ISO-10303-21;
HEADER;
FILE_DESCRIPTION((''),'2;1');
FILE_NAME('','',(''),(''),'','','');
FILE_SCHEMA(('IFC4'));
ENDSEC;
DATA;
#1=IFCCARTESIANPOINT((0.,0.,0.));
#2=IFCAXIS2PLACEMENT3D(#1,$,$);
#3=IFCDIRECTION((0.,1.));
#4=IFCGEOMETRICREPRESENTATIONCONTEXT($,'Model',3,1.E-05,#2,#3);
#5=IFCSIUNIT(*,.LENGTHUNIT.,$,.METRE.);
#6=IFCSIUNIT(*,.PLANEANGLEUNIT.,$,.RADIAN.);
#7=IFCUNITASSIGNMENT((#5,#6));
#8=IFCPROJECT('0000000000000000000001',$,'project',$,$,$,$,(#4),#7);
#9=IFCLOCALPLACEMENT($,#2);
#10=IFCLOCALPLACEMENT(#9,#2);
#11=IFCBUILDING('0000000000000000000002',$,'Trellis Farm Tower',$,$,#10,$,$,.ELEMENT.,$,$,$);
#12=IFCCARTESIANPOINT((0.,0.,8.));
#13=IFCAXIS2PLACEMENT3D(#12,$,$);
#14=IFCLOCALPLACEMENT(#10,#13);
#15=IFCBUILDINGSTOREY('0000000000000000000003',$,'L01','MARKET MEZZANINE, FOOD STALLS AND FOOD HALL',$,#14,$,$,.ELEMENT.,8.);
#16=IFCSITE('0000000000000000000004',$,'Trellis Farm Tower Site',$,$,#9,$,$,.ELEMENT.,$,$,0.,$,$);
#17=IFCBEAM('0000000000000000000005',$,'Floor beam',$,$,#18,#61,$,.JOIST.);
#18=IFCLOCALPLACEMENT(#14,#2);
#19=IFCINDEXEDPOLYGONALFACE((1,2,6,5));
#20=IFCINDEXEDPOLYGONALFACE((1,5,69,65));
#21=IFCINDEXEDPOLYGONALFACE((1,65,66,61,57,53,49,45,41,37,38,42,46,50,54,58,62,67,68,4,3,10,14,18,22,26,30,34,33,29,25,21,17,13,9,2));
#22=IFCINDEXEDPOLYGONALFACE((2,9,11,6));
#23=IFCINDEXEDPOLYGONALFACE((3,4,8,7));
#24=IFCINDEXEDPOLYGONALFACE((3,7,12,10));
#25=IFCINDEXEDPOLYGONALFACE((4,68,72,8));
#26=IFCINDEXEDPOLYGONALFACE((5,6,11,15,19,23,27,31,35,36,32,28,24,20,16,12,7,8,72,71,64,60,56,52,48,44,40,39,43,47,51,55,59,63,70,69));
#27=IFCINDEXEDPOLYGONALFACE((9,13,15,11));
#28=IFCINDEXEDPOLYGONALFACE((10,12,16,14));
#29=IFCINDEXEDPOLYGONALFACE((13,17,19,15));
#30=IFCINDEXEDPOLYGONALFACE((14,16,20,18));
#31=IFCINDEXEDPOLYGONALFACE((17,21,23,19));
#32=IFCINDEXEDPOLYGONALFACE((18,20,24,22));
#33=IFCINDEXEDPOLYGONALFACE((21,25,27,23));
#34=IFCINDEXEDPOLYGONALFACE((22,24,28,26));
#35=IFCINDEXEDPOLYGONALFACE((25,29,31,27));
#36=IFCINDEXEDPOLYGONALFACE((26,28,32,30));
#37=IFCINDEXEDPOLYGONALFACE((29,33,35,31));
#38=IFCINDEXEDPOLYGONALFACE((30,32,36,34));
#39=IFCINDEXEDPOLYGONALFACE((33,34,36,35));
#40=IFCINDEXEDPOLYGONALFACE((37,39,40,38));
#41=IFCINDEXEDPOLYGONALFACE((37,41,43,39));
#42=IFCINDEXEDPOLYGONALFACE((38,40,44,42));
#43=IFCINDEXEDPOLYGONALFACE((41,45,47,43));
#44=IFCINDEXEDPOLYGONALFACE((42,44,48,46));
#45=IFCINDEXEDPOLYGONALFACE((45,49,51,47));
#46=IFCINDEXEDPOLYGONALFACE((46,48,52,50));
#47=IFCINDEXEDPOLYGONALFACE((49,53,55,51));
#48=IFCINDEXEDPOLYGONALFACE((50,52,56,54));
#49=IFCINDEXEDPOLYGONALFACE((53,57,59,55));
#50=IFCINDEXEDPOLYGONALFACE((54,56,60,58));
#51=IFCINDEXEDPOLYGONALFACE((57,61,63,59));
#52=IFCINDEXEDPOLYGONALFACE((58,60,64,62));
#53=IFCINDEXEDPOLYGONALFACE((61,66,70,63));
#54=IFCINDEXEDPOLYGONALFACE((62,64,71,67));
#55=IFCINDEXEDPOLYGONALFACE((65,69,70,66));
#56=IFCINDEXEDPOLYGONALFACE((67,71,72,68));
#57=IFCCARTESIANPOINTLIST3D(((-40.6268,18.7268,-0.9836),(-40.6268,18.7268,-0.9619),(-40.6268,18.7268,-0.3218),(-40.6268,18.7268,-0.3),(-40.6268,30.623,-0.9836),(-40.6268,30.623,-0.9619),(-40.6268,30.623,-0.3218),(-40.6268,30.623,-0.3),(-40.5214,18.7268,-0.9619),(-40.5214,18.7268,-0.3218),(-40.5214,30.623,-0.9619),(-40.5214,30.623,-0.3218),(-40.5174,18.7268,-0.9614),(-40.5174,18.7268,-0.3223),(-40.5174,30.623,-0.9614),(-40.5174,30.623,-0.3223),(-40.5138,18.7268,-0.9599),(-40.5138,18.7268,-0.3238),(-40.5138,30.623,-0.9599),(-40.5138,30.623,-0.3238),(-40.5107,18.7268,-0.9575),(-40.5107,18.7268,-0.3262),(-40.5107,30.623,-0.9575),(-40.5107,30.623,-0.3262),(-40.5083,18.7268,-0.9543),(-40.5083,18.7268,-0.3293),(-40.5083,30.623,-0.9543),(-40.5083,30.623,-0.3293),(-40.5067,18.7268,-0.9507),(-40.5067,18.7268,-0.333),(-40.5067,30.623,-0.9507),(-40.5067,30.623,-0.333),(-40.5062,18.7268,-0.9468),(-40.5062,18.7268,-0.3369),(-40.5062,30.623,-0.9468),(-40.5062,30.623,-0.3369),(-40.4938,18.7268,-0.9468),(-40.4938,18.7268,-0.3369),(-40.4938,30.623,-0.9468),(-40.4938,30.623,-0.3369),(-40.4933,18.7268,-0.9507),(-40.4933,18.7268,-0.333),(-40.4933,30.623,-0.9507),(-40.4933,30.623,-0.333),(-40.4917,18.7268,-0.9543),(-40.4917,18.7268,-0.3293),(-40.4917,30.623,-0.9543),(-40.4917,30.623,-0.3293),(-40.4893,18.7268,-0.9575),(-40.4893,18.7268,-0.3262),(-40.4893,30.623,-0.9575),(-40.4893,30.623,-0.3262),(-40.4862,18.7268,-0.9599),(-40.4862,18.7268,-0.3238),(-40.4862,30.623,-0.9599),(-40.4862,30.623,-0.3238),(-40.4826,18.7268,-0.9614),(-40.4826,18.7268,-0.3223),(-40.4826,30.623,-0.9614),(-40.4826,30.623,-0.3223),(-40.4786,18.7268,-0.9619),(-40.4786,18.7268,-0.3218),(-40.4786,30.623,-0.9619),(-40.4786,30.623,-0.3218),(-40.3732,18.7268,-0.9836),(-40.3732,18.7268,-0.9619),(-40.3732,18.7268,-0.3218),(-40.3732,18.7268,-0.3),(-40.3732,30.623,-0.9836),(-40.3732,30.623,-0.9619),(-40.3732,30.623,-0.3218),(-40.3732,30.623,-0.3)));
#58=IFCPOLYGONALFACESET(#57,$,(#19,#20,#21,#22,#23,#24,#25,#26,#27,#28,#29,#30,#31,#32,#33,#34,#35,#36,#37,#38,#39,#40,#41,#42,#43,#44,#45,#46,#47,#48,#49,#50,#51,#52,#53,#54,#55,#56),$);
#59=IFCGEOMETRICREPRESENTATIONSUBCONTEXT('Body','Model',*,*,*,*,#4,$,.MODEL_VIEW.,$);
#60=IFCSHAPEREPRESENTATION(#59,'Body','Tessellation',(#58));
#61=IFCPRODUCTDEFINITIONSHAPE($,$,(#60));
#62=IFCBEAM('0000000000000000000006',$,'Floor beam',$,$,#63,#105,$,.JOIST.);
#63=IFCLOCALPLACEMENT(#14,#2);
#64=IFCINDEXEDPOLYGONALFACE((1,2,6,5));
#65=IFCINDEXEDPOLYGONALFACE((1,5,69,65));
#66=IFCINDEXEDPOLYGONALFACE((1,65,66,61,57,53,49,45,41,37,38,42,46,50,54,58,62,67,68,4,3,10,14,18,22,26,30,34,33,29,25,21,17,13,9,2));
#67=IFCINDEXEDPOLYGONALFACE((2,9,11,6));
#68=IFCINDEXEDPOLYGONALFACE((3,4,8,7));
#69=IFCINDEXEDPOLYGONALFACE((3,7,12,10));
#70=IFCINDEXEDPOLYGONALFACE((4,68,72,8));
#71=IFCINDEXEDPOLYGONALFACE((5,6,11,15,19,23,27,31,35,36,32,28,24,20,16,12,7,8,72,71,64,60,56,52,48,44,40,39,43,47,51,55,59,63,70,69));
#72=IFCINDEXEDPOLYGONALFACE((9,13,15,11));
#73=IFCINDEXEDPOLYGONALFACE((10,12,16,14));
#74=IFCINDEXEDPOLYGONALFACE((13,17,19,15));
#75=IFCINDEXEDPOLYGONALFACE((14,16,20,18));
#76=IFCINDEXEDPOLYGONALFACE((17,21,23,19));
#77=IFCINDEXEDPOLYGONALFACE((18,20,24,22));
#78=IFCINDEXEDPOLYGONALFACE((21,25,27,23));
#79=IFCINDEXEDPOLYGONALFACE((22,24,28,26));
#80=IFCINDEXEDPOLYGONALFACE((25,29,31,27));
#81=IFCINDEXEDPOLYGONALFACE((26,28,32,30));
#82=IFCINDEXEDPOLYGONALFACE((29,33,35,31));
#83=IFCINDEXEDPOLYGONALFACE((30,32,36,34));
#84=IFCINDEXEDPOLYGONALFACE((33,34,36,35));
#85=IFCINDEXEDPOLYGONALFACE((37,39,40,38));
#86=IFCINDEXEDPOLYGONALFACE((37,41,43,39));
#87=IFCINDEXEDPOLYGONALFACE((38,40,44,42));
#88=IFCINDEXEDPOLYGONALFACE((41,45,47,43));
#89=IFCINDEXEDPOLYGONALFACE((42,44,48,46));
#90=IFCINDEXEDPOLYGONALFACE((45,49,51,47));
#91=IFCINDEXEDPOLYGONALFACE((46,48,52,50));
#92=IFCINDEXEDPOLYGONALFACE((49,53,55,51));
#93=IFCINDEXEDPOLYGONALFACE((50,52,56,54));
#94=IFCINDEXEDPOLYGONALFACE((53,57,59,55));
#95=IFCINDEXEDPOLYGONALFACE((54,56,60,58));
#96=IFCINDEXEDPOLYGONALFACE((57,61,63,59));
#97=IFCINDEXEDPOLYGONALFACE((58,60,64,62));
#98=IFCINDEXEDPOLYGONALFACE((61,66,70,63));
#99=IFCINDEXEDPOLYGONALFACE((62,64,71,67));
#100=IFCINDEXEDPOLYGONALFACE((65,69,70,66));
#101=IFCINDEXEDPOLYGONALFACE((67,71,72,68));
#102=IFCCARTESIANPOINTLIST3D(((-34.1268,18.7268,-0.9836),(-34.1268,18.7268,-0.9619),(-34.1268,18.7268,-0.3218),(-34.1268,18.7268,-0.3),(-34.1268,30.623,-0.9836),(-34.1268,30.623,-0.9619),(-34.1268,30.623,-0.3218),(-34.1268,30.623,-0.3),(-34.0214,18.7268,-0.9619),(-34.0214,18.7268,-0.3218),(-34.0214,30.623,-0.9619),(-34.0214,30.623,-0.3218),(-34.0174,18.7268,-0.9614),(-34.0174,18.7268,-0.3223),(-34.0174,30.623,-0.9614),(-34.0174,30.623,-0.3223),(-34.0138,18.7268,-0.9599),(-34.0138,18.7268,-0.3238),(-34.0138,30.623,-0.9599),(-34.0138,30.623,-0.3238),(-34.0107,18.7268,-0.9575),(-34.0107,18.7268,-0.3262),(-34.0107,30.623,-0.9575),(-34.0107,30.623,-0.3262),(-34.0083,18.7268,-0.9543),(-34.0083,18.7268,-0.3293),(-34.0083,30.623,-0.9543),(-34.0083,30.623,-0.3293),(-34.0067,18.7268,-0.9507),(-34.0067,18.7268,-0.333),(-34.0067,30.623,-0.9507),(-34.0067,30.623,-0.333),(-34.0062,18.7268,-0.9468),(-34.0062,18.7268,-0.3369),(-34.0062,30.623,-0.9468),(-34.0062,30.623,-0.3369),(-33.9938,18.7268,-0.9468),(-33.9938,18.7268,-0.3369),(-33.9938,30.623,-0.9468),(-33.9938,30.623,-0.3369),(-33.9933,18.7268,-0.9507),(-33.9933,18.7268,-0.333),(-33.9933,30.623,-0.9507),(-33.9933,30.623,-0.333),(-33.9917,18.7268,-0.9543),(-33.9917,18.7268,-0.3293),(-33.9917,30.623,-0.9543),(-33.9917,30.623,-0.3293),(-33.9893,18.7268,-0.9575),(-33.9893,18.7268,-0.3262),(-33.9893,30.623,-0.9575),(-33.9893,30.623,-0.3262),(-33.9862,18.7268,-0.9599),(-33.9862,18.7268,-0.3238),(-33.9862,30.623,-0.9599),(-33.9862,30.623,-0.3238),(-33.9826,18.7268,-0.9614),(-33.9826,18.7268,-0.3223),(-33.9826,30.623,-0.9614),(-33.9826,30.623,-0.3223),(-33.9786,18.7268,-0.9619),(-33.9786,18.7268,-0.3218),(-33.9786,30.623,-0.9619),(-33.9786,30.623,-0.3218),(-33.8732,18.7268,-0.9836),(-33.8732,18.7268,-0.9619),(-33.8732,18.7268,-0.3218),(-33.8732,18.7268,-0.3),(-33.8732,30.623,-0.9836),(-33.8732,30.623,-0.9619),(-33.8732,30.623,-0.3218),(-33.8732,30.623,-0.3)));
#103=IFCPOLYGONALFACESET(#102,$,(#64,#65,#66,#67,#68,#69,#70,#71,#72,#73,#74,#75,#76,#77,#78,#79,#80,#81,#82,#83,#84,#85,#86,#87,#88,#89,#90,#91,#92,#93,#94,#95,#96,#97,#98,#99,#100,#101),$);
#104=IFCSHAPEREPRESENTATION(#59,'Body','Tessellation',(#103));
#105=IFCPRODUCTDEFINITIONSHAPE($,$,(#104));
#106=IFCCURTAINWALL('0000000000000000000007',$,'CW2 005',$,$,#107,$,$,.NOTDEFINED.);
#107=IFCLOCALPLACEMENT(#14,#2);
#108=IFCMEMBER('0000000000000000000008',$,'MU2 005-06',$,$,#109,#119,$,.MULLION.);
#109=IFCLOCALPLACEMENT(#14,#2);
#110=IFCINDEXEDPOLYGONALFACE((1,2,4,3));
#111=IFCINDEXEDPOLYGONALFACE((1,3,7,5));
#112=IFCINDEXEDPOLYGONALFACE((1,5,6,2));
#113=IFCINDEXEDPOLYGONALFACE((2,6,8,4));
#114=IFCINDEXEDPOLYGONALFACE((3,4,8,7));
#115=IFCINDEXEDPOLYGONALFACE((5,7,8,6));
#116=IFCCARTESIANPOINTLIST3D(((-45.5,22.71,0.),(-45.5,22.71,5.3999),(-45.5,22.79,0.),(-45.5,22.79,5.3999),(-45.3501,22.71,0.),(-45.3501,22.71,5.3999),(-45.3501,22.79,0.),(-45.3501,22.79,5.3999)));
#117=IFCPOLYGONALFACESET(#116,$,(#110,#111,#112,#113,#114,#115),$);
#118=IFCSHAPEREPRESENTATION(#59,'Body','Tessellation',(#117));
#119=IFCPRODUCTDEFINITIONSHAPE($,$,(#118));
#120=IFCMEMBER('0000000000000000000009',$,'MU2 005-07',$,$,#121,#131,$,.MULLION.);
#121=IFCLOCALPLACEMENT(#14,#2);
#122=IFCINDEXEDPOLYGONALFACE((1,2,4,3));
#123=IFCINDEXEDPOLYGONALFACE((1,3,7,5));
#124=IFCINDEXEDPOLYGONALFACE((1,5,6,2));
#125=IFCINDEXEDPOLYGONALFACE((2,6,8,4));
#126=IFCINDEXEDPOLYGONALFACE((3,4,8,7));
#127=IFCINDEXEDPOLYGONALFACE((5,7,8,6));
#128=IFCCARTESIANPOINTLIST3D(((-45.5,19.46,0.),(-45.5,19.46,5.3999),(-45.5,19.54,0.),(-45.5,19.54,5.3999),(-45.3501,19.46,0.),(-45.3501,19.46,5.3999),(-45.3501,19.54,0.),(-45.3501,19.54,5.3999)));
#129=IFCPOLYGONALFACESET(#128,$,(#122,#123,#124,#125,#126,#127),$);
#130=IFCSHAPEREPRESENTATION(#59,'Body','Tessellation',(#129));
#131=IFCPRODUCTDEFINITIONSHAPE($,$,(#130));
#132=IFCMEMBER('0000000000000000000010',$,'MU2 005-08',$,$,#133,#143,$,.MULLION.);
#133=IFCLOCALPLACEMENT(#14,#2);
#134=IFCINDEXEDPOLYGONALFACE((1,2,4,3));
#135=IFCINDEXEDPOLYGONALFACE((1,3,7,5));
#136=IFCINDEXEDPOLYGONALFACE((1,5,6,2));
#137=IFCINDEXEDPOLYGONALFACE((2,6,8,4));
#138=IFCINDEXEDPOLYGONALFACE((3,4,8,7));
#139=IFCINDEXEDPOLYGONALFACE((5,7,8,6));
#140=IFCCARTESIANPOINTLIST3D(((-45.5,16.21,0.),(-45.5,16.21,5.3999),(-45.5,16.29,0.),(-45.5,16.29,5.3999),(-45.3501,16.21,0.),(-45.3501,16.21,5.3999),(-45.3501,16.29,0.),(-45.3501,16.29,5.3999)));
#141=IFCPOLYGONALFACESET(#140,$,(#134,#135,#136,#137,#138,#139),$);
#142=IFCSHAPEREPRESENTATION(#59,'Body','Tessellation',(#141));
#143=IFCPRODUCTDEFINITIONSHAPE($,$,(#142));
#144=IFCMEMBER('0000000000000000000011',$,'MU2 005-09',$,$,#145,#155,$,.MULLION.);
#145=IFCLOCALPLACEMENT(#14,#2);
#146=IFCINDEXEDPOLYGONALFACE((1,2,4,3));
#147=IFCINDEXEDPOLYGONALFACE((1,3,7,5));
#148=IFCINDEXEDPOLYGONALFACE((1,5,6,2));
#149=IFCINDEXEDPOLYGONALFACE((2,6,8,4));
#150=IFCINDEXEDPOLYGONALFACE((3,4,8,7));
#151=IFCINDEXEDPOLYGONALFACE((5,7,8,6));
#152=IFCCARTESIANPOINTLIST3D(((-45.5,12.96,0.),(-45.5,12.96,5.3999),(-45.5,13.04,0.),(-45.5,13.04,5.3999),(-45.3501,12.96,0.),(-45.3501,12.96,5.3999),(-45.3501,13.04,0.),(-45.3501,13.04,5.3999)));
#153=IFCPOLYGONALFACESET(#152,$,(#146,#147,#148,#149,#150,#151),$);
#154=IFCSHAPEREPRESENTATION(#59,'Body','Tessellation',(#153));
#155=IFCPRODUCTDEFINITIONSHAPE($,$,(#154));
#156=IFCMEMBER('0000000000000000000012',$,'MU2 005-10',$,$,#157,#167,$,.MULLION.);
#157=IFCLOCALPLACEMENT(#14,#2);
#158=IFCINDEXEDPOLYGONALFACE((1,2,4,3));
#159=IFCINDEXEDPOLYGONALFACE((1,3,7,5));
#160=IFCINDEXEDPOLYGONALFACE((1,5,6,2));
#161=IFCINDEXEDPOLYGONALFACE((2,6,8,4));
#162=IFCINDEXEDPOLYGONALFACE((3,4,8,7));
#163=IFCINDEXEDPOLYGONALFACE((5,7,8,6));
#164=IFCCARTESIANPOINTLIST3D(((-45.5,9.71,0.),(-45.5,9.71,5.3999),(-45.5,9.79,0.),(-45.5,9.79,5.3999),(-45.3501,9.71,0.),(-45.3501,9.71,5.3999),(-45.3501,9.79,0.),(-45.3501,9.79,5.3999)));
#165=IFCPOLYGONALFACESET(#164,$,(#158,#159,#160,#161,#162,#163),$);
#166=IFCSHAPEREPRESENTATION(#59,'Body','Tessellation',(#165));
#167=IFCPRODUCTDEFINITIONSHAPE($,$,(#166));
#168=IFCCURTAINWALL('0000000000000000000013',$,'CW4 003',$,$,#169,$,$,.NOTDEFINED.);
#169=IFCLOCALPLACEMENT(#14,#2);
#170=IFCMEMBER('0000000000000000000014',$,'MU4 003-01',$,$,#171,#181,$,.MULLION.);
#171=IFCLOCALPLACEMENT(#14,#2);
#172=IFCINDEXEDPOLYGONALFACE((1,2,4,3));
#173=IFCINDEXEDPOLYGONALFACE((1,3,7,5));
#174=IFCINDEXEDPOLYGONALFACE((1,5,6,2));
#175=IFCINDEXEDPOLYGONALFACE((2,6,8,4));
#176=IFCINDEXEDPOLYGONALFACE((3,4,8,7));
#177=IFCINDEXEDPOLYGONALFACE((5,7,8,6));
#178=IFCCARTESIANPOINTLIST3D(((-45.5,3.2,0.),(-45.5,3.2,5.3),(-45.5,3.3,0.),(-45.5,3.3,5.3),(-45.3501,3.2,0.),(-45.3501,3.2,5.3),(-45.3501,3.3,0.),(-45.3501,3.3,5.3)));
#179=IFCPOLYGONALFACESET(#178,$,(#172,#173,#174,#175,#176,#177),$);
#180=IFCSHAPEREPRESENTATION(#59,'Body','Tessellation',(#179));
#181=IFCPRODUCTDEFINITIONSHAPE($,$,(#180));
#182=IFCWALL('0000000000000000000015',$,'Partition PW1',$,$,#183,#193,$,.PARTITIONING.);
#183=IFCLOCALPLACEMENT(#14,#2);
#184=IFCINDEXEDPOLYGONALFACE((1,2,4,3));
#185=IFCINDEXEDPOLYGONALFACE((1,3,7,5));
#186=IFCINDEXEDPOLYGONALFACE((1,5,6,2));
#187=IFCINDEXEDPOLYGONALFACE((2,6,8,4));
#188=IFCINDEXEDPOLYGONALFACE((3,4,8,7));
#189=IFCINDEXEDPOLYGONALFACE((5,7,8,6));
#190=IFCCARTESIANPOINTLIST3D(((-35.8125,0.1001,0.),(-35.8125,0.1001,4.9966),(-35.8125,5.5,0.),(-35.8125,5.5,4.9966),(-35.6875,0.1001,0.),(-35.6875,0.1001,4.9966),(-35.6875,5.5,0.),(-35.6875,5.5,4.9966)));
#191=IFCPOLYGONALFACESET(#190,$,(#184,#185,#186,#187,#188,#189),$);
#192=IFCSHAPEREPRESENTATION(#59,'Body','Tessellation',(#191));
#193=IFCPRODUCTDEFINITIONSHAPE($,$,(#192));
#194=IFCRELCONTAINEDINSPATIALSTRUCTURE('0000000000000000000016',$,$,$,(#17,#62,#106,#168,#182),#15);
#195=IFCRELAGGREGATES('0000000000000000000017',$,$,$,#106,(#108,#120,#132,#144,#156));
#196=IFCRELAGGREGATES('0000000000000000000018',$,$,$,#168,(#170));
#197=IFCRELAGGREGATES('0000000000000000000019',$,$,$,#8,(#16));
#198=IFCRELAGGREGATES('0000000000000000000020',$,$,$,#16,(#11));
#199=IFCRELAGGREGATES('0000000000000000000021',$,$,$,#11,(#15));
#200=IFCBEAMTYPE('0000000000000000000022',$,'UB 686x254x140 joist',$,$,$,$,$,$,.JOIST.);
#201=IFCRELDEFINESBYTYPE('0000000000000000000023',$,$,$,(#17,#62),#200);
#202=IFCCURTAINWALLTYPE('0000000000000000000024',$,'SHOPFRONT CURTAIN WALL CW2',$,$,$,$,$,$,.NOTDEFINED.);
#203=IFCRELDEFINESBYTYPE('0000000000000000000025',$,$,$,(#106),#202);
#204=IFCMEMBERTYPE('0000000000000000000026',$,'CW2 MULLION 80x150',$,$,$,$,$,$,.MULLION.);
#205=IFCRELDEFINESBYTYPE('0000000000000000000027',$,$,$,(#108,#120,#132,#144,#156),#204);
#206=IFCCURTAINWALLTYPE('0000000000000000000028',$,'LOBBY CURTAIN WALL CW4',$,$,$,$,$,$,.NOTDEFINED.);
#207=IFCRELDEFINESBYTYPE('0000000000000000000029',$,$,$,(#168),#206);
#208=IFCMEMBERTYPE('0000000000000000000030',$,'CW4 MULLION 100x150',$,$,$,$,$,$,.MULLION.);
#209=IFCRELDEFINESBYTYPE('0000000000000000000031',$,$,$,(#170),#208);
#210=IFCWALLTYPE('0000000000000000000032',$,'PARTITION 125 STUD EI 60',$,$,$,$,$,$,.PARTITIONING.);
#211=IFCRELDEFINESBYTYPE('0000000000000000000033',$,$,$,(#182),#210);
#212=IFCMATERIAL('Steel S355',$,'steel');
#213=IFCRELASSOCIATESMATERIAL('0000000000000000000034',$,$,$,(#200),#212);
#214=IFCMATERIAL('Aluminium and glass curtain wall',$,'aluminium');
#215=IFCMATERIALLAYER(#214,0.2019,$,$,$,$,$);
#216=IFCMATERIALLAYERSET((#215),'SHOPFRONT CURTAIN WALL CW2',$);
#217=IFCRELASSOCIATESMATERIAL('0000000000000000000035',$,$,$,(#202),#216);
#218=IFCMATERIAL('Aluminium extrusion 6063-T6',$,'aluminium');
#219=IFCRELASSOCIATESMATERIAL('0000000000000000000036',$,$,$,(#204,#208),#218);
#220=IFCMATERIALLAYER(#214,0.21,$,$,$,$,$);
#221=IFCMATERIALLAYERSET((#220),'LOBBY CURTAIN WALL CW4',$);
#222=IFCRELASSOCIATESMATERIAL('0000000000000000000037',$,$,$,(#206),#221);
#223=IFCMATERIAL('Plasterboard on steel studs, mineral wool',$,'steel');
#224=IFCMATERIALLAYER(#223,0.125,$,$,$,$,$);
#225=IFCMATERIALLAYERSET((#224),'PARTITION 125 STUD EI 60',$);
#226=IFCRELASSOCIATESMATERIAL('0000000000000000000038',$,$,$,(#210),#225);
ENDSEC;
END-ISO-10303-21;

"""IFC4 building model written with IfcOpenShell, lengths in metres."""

from ifc_helpers import new_model, si_unit, direction, frame, frame_2d, origin, origin_2d, place, context, subcontext, project, spatial, rectangle, i_section, extrude, source, transform, mapped, material, layer, layer_set, material_profile, profile_set, type_object, element, aggregate, save


model = new_model("IFC4")

# Units and contexts
model_context = context("Model", 3, precision=1e-05, world=origin(), true_north=direction((0.0, 1.0)))
body_context = subcontext(model_context, "Body", "Model", "MODEL_VIEW")
ifc_project = project(units=[si_unit("LENGTHUNIT", "METRE"), si_unit("PLANEANGLEUNIT", "RADIAN")], contexts=[model_context])

# Site, building, storey
site_placement = place(None, origin())
site = spatial("IfcSite", under=ifc_project, at=site_placement, Name="Trellis Farm Tower Site", CompositionType="ELEMENT", RefElevation=0.0)
building_placement = place(site_placement, origin())
building = spatial("IfcBuilding", under=site, at=building_placement, Name="Trellis Farm Tower", CompositionType="ELEMENT")
storey_placement = place(building_placement, frame((0.0, 0.0, 8.0)))
storey = spatial("IfcBuildingStorey", under=building, at=storey_placement, Name="L01", Description="MARKET MEZZANINE, FOOD STALLS AND FOOD HALL", CompositionType="ELEMENT", Elevation=8.0)

# Beams
ifc_material_1 = material(Name="Steel S355", Category="steel")
ifc_material_profile_1 = material_profile(ifc_material_1, i_section(OverallWidth=0.2537, OverallDepth=0.6836, WebThickness=0.0125, FlangeThickness=0.0217, FilletRadius=0.0151, at=origin_2d()), Name="UB 686x254x140")
ifc_profile_set_1 = profile_set([ifc_material_profile_1], Name="Steel S355")
beam_type_1 = type_object("IfcBeamType", Name="UB 686x254x140 joist", PredefinedType="JOIST", material=ifc_profile_set_1)
shared_shape_1 = source(origin(), body_context, "Body", "SweptSolid", [
    extrude(i_section(OverallWidth=0.2537, OverallDepth=0.6836, WebThickness=0.0125, FlangeThickness=0.0217, FilletRadius=0.0151, at=origin_2d()), origin(), (0.0, 0.0, 1.0), 11.8962),
])
for number, where, z_axis, x_axis, name in (
    (1, (-40.5, 18.7268, -0.6418), (0.0, 1.0, 0.0), (-1.0, 0.0, 0.0), "Floor beam"),
    (2, (-34.0, 18.7268, -0.6418), (0.0, 1.0, 0.0), (-1.0, 0.0, 0.0), "Floor beam"),
):
    element("IfcBeam", number, at=place(storey_placement, frame(where, z_axis=z_axis, x_axis=x_axis)), inside=storey, type_object=beam_type_1, Name=name, PredefinedType="JOIST", context=body_context, shape_type="MappedRepresentation", body=[
        mapped(shared_shape_1, transform((0.0, 0.0, 0.0))),
    ])

# Curtain wall, members
ifc_material_2 = material(Name="Aluminium and glass curtain wall", Category="aluminium")
ifc_layer_1 = layer(ifc_material_2, 0.2019)
ifc_layer_set_1 = layer_set([ifc_layer_1], Name="SHOPFRONT CURTAIN WALL CW2")
curtain_wall_type_1 = type_object("IfcCurtainWallType", Name="SHOPFRONT CURTAIN WALL CW2", PredefinedType="NOTDEFINED", material=ifc_layer_set_1)
placement = place(storey_placement, origin())
curtain_wall_1 = element("IfcCurtainWall", 3, at=placement, inside=storey, type_object=curtain_wall_type_1, Name="CW2 005", PredefinedType="NOTDEFINED")
ifc_material_3 = material(Name="Aluminium extrusion 6063-T6", Category="aluminium")
ifc_material_profile_2 = material_profile(ifc_material_3, rectangle(XDim=0.0801, YDim=0.1499, at=origin_2d()), Name="MULLION 80x150")
ifc_profile_set_2 = profile_set([ifc_material_profile_2], Name="Aluminium extrusion 6063-T6")
member_type_1 = type_object("IfcMemberType", Name="CW2 MULLION 80x150", PredefinedType="MULLION", material=ifc_profile_set_2)
shared_shape_2 = source(origin(), body_context, "Body", "SweptSolid", [
    extrude(rectangle(XDim=0.0801, YDim=0.1499, at=origin_2d()), origin(), (0.0, 0.0, 1.0), 5.3999),
])
member_1_placement = place(storey_placement, frame((-45.425, 22.75, 0.0), z_axis=(0.0, 0.0, 1.0), x_axis=(0.0, -1.0, 0.0)))
member_1 = element("IfcMember", 4, at=member_1_placement, type_object=member_type_1, Name="MU2 005-06", PredefinedType="MULLION", context=body_context, shape_type="MappedRepresentation", body=[
    mapped(shared_shape_2, transform((0.0, 0.0, 0.0))),
])
member_2_placement = place(storey_placement, frame((-45.425, 19.5, 0.0), z_axis=(0.0, 0.0, 1.0), x_axis=(0.0, -1.0, 0.0)))
member_2 = element("IfcMember", 5, at=member_2_placement, type_object=member_type_1, Name="MU2 005-07", PredefinedType="MULLION", context=body_context, shape_type="MappedRepresentation", body=[
    mapped(shared_shape_2, transform((0.0, 0.0, 0.0))),
])
member_3_placement = place(storey_placement, frame((-45.425, 16.25, 0.0), z_axis=(0.0, 0.0, 1.0), x_axis=(0.0, -1.0, 0.0)))
member_3 = element("IfcMember", 6, at=member_3_placement, type_object=member_type_1, Name="MU2 005-08", PredefinedType="MULLION", context=body_context, shape_type="MappedRepresentation", body=[
    mapped(shared_shape_2, transform((0.0, 0.0, 0.0))),
])
member_4_placement = place(storey_placement, frame((-45.425, 13.0, 0.0), z_axis=(0.0, 0.0, 1.0), x_axis=(0.0, -1.0, 0.0)))
member_4 = element("IfcMember", 7, at=member_4_placement, type_object=member_type_1, Name="MU2 005-09", PredefinedType="MULLION", context=body_context, shape_type="MappedRepresentation", body=[
    mapped(shared_shape_2, transform((0.0, 0.0, 0.0))),
])
member_5_placement = place(storey_placement, frame((-45.425, 9.75, 0.0), z_axis=(0.0, 0.0, 1.0), x_axis=(0.0, -1.0, 0.0)))
member_5 = element("IfcMember", 8, at=member_5_placement, type_object=member_type_1, Name="MU2 005-10", PredefinedType="MULLION", context=body_context, shape_type="MappedRepresentation", body=[
    mapped(shared_shape_2, transform((0.0, 0.0, 0.0))),
])
aggregate(curtain_wall_1, [member_1, member_2, member_3, member_4, member_5])

# Curtain wall, member
ifc_layer_2 = layer(ifc_material_2, 0.21)
ifc_layer_set_2 = layer_set([ifc_layer_2], Name="LOBBY CURTAIN WALL CW4")
curtain_wall_type_2 = type_object("IfcCurtainWallType", Name="LOBBY CURTAIN WALL CW4", PredefinedType="NOTDEFINED", material=ifc_layer_set_2)
curtain_wall_2 = element("IfcCurtainWall", 9, at=placement, inside=storey, type_object=curtain_wall_type_2, Name="CW4 003", PredefinedType="NOTDEFINED")
ifc_material_profile_3 = material_profile(ifc_material_3, rectangle(XDim=0.1001, YDim=0.1499, at=origin_2d()), Name="MULLION 100x150")
ifc_profile_set_3 = profile_set([ifc_material_profile_3], Name="Aluminium extrusion 6063-T6")
member_type_2 = type_object("IfcMemberType", Name="CW4 MULLION 100x150", PredefinedType="MULLION", material=ifc_profile_set_3)
shared_shape_3 = source(origin(), body_context, "Body", "SweptSolid", [
    extrude(rectangle(XDim=0.1001, YDim=0.1499, at=origin_2d()), origin(), (0.0, 0.0, 1.0), 5.3),
])
member_6_placement = place(storey_placement, frame((-45.425, 3.25, 0.0), z_axis=(0.0, 0.0, 1.0), x_axis=(0.0, -1.0, 0.0)))
member_6 = element("IfcMember", 10, at=member_6_placement, type_object=member_type_2, Name="MU4 003-01", PredefinedType="MULLION", context=body_context, shape_type="MappedRepresentation", body=[
    mapped(shared_shape_3, transform((0.0, 0.0, 0.0))),
])
aggregate(curtain_wall_2, [member_6])

# Wall
ifc_material_4 = material(Name="Plasterboard on steel studs, mineral wool", Category="steel")
ifc_layer_3 = layer(ifc_material_4, 0.125)
ifc_layer_set_3 = layer_set([ifc_layer_3], Name="PARTITION 125 STUD EI 60")
wall_type_1 = type_object("IfcWallType", Name="PARTITION 125 STUD EI 60", PredefinedType="PARTITIONING", material=ifc_layer_set_3)
shared_shape_4 = source(origin(), body_context, "Body", "SweptSolid", [
    extrude(rectangle(XDim=5.3999, YDim=0.125, at=frame_2d((2.7, 0.0))), origin(), (0.0, 0.0, 1.0), 4.9966),
])
wall_1_placement = place(storey_placement, frame((-35.75, 0.1001, 0.0), z_axis=(0.0, 0.0, 1.0), x_axis=(0.0, 1.0, 0.0)))
element("IfcWall", 11, at=wall_1_placement, inside=storey, type_object=wall_type_1, Name="Partition PW1", PredefinedType="PARTITIONING", context=body_context, shape_type="MappedRepresentation", body=[
    mapped(shared_shape_4, transform((0.0, 0.0, 0.0))),
])

save(model, "model.ifc")
